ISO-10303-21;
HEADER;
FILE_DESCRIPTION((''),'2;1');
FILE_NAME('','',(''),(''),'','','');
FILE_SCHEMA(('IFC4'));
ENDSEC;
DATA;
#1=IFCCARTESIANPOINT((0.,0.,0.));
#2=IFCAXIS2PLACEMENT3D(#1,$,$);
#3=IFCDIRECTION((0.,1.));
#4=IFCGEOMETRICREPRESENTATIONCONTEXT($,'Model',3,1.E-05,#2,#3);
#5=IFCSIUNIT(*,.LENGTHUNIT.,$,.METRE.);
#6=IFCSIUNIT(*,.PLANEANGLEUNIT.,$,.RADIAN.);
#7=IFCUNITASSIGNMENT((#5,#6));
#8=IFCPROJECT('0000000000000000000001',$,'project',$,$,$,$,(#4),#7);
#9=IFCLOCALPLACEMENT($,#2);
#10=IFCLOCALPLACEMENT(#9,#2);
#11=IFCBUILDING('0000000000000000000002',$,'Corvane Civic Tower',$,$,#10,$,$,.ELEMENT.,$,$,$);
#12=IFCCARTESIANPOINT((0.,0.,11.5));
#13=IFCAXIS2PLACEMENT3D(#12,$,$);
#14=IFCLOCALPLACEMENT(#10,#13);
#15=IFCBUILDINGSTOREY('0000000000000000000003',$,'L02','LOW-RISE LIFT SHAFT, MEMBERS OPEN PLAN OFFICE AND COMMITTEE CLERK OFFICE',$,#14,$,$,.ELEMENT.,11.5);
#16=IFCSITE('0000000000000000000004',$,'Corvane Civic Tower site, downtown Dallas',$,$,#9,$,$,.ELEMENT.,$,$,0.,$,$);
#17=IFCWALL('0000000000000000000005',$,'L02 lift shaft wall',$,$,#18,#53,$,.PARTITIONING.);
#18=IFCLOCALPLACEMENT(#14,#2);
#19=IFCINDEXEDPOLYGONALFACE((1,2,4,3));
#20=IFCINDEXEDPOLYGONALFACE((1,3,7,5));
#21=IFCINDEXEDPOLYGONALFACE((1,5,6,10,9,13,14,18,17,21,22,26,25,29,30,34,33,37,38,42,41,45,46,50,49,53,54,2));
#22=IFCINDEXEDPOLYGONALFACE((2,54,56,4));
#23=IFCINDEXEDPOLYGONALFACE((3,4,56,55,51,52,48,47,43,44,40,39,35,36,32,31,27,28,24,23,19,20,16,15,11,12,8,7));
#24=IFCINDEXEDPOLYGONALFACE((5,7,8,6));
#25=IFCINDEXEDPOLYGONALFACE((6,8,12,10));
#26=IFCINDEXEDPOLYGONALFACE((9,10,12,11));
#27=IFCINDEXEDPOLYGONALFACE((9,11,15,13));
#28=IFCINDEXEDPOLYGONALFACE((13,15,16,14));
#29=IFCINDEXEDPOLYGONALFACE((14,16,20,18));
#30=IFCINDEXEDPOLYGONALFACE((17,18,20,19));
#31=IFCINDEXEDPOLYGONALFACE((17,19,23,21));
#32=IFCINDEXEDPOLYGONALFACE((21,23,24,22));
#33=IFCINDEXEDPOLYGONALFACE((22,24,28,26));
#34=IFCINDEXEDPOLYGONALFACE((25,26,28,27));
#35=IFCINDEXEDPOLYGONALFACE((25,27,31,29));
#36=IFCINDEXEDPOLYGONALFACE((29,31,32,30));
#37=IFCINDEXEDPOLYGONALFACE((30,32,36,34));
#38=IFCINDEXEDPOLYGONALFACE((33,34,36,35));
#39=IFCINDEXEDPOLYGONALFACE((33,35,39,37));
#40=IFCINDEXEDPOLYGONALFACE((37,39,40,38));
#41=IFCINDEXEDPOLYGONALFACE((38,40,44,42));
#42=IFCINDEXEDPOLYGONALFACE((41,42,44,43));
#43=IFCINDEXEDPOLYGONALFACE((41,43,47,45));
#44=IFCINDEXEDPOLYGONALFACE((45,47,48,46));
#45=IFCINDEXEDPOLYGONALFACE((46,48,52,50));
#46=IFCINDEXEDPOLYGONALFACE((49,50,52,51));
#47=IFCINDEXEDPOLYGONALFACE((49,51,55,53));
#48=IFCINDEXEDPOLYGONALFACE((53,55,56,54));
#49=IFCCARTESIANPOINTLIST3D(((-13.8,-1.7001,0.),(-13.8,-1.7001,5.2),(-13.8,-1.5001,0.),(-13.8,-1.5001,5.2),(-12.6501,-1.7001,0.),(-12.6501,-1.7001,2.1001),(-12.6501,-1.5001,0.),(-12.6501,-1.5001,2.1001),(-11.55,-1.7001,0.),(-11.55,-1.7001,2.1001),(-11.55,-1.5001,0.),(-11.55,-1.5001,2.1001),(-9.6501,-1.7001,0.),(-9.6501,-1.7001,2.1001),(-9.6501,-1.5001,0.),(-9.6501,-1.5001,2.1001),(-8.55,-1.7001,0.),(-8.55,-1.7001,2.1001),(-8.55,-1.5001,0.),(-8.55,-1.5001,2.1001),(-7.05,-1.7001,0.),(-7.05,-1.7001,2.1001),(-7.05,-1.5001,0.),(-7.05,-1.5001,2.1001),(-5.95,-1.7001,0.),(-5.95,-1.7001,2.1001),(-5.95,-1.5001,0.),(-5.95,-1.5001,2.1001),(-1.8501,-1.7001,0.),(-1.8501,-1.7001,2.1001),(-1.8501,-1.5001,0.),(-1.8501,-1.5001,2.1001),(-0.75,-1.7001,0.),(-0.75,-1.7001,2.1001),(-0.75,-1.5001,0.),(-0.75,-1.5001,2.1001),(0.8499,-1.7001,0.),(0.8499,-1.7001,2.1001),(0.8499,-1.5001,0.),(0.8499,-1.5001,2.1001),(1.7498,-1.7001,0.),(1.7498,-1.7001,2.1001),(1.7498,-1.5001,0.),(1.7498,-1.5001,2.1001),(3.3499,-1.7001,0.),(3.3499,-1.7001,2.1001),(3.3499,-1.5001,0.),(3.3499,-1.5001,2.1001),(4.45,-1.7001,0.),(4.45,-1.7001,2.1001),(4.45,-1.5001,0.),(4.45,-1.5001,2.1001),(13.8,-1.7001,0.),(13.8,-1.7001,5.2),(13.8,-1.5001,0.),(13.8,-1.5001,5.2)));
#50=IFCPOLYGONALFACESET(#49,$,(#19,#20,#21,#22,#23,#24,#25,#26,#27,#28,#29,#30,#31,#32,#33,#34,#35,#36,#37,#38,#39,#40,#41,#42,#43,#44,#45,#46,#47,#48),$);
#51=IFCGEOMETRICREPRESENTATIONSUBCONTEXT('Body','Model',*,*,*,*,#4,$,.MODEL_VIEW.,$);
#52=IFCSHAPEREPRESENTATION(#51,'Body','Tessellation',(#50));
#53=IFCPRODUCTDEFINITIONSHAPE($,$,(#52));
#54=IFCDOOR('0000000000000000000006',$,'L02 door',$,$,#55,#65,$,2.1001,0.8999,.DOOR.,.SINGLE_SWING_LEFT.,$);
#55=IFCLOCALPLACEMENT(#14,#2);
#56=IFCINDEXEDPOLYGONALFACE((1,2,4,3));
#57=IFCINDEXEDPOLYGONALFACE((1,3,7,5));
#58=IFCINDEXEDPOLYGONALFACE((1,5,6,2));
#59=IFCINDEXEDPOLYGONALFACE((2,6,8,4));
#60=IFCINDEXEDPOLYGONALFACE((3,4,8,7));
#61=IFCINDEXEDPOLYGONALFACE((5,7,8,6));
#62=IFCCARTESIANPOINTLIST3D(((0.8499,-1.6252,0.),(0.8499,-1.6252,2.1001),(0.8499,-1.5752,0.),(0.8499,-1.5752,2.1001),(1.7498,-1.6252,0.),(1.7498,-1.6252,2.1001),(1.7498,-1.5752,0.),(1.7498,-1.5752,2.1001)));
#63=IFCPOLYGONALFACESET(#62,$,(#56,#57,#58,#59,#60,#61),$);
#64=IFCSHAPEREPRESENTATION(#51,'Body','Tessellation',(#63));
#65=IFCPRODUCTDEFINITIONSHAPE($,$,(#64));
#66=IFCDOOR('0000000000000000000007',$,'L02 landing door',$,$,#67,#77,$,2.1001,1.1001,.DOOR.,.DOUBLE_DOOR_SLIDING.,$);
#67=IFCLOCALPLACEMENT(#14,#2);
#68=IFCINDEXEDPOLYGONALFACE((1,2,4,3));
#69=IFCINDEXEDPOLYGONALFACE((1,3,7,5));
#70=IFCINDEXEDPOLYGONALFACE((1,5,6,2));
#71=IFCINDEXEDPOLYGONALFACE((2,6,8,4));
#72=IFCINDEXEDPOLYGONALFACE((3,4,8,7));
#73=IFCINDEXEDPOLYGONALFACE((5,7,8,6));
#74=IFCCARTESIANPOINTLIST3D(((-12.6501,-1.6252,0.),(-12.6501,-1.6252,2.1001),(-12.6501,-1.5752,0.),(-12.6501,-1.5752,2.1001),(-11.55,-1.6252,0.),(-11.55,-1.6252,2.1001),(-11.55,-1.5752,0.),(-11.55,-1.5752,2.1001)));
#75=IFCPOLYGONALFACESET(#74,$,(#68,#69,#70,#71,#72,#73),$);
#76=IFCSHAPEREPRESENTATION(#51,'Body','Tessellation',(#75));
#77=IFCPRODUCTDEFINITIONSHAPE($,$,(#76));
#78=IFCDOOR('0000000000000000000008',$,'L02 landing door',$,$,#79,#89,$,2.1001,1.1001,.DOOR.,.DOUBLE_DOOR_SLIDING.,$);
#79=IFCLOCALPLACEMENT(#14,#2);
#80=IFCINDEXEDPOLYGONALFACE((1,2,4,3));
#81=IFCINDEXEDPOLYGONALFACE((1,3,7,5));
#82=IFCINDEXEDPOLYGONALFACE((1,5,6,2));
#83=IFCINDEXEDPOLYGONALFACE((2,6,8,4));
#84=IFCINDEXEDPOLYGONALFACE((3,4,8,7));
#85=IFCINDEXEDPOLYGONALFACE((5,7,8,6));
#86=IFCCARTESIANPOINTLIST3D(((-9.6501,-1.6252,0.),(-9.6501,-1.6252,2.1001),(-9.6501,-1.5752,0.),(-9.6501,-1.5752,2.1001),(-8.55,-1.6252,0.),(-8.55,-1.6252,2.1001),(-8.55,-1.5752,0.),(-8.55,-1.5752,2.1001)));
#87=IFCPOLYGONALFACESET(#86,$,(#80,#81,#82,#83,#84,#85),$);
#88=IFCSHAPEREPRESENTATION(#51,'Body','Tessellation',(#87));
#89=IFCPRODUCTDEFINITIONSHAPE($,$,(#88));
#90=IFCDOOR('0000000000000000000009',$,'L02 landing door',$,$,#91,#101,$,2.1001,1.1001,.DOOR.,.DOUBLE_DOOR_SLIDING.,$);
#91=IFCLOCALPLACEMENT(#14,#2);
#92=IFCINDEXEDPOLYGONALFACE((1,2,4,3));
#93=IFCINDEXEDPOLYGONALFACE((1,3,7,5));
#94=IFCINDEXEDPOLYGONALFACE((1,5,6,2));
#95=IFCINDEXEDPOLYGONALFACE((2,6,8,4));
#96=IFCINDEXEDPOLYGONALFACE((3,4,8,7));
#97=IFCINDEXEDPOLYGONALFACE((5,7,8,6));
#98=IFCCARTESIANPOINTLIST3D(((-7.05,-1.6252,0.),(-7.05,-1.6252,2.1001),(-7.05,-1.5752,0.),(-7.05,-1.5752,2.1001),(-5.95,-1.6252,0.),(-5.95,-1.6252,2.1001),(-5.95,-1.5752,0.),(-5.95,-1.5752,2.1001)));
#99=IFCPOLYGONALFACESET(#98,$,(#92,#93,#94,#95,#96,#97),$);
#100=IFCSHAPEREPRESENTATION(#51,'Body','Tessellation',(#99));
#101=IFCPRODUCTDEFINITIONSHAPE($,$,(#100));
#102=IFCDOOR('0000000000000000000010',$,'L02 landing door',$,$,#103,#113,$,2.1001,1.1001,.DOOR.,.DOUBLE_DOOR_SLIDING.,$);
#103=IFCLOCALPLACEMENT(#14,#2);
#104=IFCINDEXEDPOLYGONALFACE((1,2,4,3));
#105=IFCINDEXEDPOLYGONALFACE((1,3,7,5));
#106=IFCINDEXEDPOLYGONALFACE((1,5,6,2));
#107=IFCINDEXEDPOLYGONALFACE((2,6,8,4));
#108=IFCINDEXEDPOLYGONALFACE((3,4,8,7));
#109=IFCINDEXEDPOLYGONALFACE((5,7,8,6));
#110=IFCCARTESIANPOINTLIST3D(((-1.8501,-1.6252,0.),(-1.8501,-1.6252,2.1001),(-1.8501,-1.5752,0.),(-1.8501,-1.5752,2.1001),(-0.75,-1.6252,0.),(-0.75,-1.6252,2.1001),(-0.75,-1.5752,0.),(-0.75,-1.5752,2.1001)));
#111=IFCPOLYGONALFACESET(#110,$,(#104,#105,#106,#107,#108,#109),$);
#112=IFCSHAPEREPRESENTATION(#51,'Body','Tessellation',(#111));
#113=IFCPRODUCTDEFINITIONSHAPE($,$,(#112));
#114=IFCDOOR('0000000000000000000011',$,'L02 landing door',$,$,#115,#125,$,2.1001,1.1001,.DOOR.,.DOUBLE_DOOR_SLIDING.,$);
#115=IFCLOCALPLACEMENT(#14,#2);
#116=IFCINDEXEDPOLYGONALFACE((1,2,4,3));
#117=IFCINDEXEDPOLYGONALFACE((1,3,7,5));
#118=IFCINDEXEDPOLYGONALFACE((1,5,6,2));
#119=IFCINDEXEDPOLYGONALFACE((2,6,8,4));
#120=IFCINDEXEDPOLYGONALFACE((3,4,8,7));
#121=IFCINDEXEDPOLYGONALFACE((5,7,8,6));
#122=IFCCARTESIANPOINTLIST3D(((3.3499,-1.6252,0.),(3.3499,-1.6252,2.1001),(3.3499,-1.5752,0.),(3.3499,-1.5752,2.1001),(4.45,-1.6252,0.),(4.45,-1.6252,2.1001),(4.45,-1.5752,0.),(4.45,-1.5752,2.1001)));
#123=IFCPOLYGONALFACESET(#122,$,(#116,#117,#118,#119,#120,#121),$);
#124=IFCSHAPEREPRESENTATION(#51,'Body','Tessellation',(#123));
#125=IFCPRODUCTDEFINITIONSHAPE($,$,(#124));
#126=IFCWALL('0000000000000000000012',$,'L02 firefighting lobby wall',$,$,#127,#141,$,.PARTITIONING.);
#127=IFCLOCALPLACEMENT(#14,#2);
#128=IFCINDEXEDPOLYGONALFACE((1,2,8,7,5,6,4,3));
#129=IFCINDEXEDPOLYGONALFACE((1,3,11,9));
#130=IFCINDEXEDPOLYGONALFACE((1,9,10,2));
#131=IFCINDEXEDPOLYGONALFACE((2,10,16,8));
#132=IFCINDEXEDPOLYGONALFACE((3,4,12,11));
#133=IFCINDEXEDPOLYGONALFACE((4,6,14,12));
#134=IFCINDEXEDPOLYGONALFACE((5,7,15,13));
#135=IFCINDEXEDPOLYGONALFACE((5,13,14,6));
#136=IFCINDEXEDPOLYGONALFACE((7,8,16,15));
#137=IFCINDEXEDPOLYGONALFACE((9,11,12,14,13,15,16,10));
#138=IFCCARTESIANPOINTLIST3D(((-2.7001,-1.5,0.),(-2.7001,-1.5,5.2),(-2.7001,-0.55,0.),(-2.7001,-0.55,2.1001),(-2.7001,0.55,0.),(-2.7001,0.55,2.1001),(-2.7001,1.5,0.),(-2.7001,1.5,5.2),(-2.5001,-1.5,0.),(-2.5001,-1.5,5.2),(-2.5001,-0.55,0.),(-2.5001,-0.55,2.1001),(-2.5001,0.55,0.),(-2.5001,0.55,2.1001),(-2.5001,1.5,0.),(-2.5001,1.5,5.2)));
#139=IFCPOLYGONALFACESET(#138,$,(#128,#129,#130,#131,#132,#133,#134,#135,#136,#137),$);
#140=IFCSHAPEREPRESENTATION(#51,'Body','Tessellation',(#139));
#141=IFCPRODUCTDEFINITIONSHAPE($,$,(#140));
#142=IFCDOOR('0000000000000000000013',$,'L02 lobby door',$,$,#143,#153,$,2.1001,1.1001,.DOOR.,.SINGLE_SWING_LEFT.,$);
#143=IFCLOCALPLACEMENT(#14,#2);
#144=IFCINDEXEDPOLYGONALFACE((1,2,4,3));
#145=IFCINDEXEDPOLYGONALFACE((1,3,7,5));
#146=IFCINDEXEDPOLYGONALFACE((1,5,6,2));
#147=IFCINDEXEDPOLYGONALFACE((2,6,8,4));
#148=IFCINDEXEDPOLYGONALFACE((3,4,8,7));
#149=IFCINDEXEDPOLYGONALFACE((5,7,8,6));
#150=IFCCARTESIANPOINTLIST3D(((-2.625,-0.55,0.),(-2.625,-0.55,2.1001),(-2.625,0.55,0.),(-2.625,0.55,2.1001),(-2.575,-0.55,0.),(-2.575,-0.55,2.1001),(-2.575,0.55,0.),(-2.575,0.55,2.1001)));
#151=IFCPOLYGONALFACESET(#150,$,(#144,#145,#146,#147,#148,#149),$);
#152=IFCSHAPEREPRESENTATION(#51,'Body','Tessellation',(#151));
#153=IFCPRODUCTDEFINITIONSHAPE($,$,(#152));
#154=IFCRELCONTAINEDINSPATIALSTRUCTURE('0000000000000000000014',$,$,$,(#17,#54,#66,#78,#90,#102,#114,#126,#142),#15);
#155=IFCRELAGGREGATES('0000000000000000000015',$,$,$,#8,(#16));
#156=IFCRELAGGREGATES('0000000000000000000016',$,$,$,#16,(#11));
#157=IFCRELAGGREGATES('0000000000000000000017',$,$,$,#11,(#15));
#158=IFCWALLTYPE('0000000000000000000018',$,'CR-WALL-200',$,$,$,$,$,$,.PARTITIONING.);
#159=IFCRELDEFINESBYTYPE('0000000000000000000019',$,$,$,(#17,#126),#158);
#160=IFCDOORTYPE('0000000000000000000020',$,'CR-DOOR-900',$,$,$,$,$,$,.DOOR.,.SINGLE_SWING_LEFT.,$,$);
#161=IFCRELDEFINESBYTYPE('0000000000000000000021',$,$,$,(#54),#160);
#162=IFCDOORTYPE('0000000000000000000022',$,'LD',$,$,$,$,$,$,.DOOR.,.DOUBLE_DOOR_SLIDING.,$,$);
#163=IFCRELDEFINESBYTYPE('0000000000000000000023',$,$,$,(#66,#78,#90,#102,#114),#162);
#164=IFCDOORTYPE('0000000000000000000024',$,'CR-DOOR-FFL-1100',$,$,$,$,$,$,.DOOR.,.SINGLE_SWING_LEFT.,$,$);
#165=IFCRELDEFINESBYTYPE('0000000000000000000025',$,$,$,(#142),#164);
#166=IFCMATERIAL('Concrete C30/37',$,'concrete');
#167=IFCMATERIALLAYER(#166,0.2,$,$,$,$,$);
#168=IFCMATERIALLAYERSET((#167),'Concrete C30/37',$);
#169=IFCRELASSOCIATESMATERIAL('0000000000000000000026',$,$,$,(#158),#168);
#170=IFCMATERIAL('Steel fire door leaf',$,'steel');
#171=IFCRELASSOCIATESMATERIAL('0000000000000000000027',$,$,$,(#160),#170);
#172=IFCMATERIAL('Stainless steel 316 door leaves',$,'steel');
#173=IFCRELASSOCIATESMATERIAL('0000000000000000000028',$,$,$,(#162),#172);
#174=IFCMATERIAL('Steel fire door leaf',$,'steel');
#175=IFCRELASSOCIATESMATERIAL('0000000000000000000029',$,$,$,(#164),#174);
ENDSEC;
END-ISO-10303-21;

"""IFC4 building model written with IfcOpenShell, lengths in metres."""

from ifc_helpers import new_model, si_unit, direction, frame, frame_2d, origin, place, context, subcontext, project, spatial, rectangle, extrude, material, layer, layer_set, type_object, element, fill, save


model = new_model("IFC4")

# Units and contexts
model_context = context("Model", 3, precision=1e-05, world=origin(), true_north=direction((0.0, 1.0)))
body_context = subcontext(model_context, "Body", "Model", "MODEL_VIEW")
ifc_project = project(units=[si_unit("LENGTHUNIT", "METRE"), si_unit("PLANEANGLEUNIT", "RADIAN")], contexts=[model_context])

# Site, building, storey
site_placement = place(None, origin())
site = spatial("IfcSite", under=ifc_project, at=site_placement, Name="Corvane Civic Tower site, downtown Dallas", CompositionType="ELEMENT", RefElevation=0.0)
building_placement = place(site_placement, origin())
building = spatial("IfcBuilding", under=site, at=building_placement, Name="Corvane Civic Tower", CompositionType="ELEMENT")
storey_placement = place(building_placement, frame((0.0, 0.0, 11.5)))
storey = spatial("IfcBuildingStorey", under=building, at=storey_placement, Name="L02", Description="LOW-RISE LIFT SHAFT, MEMBERS OPEN PLAN OFFICE AND COMMITTEE CLERK OFFICE", CompositionType="ELEMENT", Elevation=11.5)

# Shared definitions
ifc_material_1 = material(Name="Concrete C30/37", Category="concrete")
ifc_layer_1 = layer(ifc_material_1, 0.2)
ifc_layer_set_1 = layer_set([ifc_layer_1], Name="Concrete C30/37")
wall_type_1 = type_object("IfcWallType", Name="CR-WALL-200", PredefinedType="PARTITIONING", material=ifc_layer_set_1)
ifc_material_2 = material(Name="Steel fire door leaf", Category="steel")
door_type_1 = type_object("IfcDoorType", Name="CR-DOOR-900", OperationType="SINGLE_SWING_LEFT", PredefinedType="DOOR", material=ifc_material_2)

# Wall, openings, doors
wall_1_placement = place(storey_placement, frame((-13.8, -1.6001, 0.0), z_axis=(0.0, 0.0, 1.0), x_axis=(1.0, 0.0, 0.0)))
wall_1 = element("IfcWall", 1, at=wall_1_placement, inside=storey, type_object=wall_type_1, Name="L02 lift shaft wall", PredefinedType="PARTITIONING", context=body_context, shape_type="SweptSolid", body=[
    extrude(rectangle(XDim=27.6001, YDim=0.2, at=frame_2d((13.8, 0.0))), origin(), (0.0, 0.0, 1.0), 5.2),
])
opening_1_placement = place(wall_1_placement, frame((1.1499, 0.0, 0.0)))
opening_1 = element("IfcOpeningElement", 2, at=opening_1_placement, cuts=wall_1, PredefinedType="OPENING", context=body_context, shape_type="SweptSolid", body=[
    extrude(rectangle(XDim=1.1001, YDim=2.1001, at=frame_2d((0.55, 1.05))), frame((0.0, 0.1099, 0.0), z_axis=(0.0, -1.0, 0.0), x_axis=(1.0, 0.0, 0.0)), (0.0, 0.0, 1.0), 0.22),
])
opening_2_placement = place(wall_1_placement, frame((4.1499, 0.0, 0.0)))
opening_2 = element("IfcOpeningElement", 3, at=opening_2_placement, cuts=wall_1, PredefinedType="OPENING", context=body_context, shape_type="SweptSolid", body=[
    extrude(rectangle(XDim=1.1001, YDim=2.1001, at=frame_2d((0.55, 1.05))), frame((0.0, 0.1099, 0.0), z_axis=(0.0, -1.0, 0.0), x_axis=(1.0, 0.0, 0.0)), (0.0, 0.0, 1.0), 0.22),
])
opening_3_placement = place(wall_1_placement, frame((6.75, 0.0, 0.0)))
opening_3 = element("IfcOpeningElement", 4, at=opening_3_placement, cuts=wall_1, PredefinedType="OPENING", context=body_context, shape_type="SweptSolid", body=[
    extrude(rectangle(XDim=1.1001, YDim=2.1001, at=frame_2d((0.55, 1.05))), frame((0.0, 0.1099, 0.0), z_axis=(0.0, -1.0, 0.0), x_axis=(1.0, 0.0, 0.0)), (0.0, 0.0, 1.0), 0.22),
])
opening_4_placement = place(wall_1_placement, frame((11.95, 0.0, 0.0)))
opening_4 = element("IfcOpeningElement", 5, at=opening_4_placement, cuts=wall_1, PredefinedType="OPENING", context=body_context, shape_type="SweptSolid", body=[
    extrude(rectangle(XDim=1.1001, YDim=2.1001, at=frame_2d((0.55, 1.05))), frame((0.0, 0.1099, 0.0), z_axis=(0.0, -1.0, 0.0), x_axis=(1.0, 0.0, 0.0)), (0.0, 0.0, 1.0), 0.22),
])
opening_5_placement = place(wall_1_placement, frame((14.6499, 0.0, 0.0)))
opening_5 = element("IfcOpeningElement", 6, at=opening_5_placement, cuts=wall_1, PredefinedType="OPENING", context=body_context, shape_type="SweptSolid", body=[
    extrude(rectangle(XDim=0.8999, YDim=2.1001, at=frame_2d((0.45, 1.05))), frame((0.0, 0.1099, 0.0), z_axis=(0.0, -1.0, 0.0), x_axis=(1.0, 0.0, 0.0)), (0.0, 0.0, 1.0), 0.22),
])
opening_6_placement = place(wall_1_placement, frame((17.1499, 0.0, 0.0)))
opening_6 = element("IfcOpeningElement", 7, at=opening_6_placement, cuts=wall_1, PredefinedType="OPENING", context=body_context, shape_type="SweptSolid", body=[
    extrude(rectangle(XDim=1.1001, YDim=2.1001, at=frame_2d((0.55, 1.05))), frame((0.0, 0.1099, 0.0), z_axis=(0.0, -1.0, 0.0), x_axis=(1.0, 0.0, 0.0)), (0.0, 0.0, 1.0), 0.22),
])
door_1_placement = place(opening_5_placement, origin())
door_1 = element("IfcDoor", 8, at=door_1_placement, inside=storey, type_object=door_type_1, Name="L02 door", OperationType="SINGLE_SWING_LEFT", OverallHeight=2.1001, OverallWidth=0.8999, PredefinedType="DOOR", context=body_context, shape_type="SweptSolid", body=[
    extrude(rectangle(XDim=0.8999, YDim=2.1001, at=frame_2d((0.45, 1.05))), frame((0.0, 0.0249, 0.0), z_axis=(0.0, -1.0, 0.0), x_axis=(1.0, 0.0, 0.0)), (0.0, 0.0, 1.0), 0.05),
])
fill(opening_5, door_1)
ifc_material_3 = material(Name="Stainless steel 316 door leaves", Category="steel")
door_type_2 = type_object("IfcDoorType", Name="LD", OperationType="DOUBLE_DOOR_SLIDING", PredefinedType="DOOR", material=ifc_material_3)
door_2_placement = place(opening_1_placement, origin())
door_2 = element("IfcDoor", 9, at=door_2_placement, inside=storey, type_object=door_type_2, Name="L02 landing door", OperationType="DOUBLE_DOOR_SLIDING", OverallHeight=2.1001, OverallWidth=1.1001, PredefinedType="DOOR", context=body_context, shape_type="SweptSolid", body=[
    extrude(rectangle(XDim=1.1001, YDim=2.1001, at=frame_2d((0.55, 1.05))), frame((0.0, 0.0249, 0.0), z_axis=(0.0, -1.0, 0.0), x_axis=(1.0, 0.0, 0.0)), (0.0, 0.0, 1.0), 0.05),
])
fill(opening_1, door_2)
door_3_placement = place(opening_2_placement, origin())
door_3 = element("IfcDoor", 10, at=door_3_placement, inside=storey, type_object=door_type_2, Name="L02 landing door", OperationType="DOUBLE_DOOR_SLIDING", OverallHeight=2.1001, OverallWidth=1.1001, PredefinedType="DOOR", context=body_context, shape_type="SweptSolid", body=[
    extrude(rectangle(XDim=1.1001, YDim=2.1001, at=frame_2d((0.55, 1.05))), frame((0.0, 0.0249, 0.0), z_axis=(0.0, -1.0, 0.0), x_axis=(1.0, 0.0, 0.0)), (0.0, 0.0, 1.0), 0.05),
])
fill(opening_2, door_3)
door_4_placement = place(opening_3_placement, origin())
door_4 = element("IfcDoor", 11, at=door_4_placement, inside=storey, type_object=door_type_2, Name="L02 landing door", OperationType="DOUBLE_DOOR_SLIDING", OverallHeight=2.1001, OverallWidth=1.1001, PredefinedType="DOOR", context=body_context, shape_type="SweptSolid", body=[
    extrude(rectangle(XDim=1.1001, YDim=2.1001, at=frame_2d((0.55, 1.05))), frame((0.0, 0.0249, 0.0), z_axis=(0.0, -1.0, 0.0), x_axis=(1.0, 0.0, 0.0)), (0.0, 0.0, 1.0), 0.05),
])
fill(opening_3, door_4)
door_5_placement = place(opening_4_placement, origin())
door_5 = element("IfcDoor", 12, at=door_5_placement, inside=storey, type_object=door_type_2, Name="L02 landing door", OperationType="DOUBLE_DOOR_SLIDING", OverallHeight=2.1001, OverallWidth=1.1001, PredefinedType="DOOR", context=body_context, shape_type="SweptSolid", body=[
    extrude(rectangle(XDim=1.1001, YDim=2.1001, at=frame_2d((0.55, 1.05))), frame((0.0, 0.0249, 0.0), z_axis=(0.0, -1.0, 0.0), x_axis=(1.0, 0.0, 0.0)), (0.0, 0.0, 1.0), 0.05),
])
fill(opening_4, door_5)
door_6_placement = place(opening_6_placement, origin())
door_6 = element("IfcDoor", 13, at=door_6_placement, inside=storey, type_object=door_type_2, Name="L02 landing door", OperationType="DOUBLE_DOOR_SLIDING", OverallHeight=2.1001, OverallWidth=1.1001, PredefinedType="DOOR", context=body_context, shape_type="SweptSolid", body=[
    extrude(rectangle(XDim=1.1001, YDim=2.1001, at=frame_2d((0.55, 1.05))), frame((0.0, 0.0249, 0.0), z_axis=(0.0, -1.0, 0.0), x_axis=(1.0, 0.0, 0.0)), (0.0, 0.0, 1.0), 0.05),
])
fill(opening_6, door_6)

# Wall, opening, door
wall_2_placement = place(storey_placement, frame((-2.6001, -1.5, 0.0), z_axis=(0.0, 0.0, 1.0), x_axis=(0.0, 1.0, 0.0)))
wall_2 = element("IfcWall", 14, at=wall_2_placement, inside=storey, type_object=wall_type_1, Name="L02 firefighting lobby wall", PredefinedType="PARTITIONING", context=body_context, shape_type="SweptSolid", body=[
    extrude(rectangle(XDim=3.0, YDim=0.2, at=frame_2d((1.5, 0.0))), origin(), (0.0, 0.0, 1.0), 5.2),
])
opening_7_placement = place(wall_2_placement, frame((0.95, 0.0, 0.0)))
opening_7 = element("IfcOpeningElement", 15, at=opening_7_placement, cuts=wall_2, PredefinedType="OPENING", context=body_context, shape_type="SweptSolid", body=[
    extrude(rectangle(XDim=1.1001, YDim=2.1001, at=frame_2d((0.55, 1.05))), frame((0.0, 0.1099, 0.0), z_axis=(0.0, -1.0, 0.0), x_axis=(1.0, 0.0, 0.0)), (0.0, 0.0, 1.0), 0.22),
])
ifc_material_4 = material(Name="Steel fire door leaf", Category="steel")
door_type_3 = type_object("IfcDoorType", Name="CR-DOOR-FFL-1100", OperationType="SINGLE_SWING_LEFT", PredefinedType="DOOR", material=ifc_material_4)
door_7_placement = place(opening_7_placement, origin())
door_7 = element("IfcDoor", 16, at=door_7_placement, inside=storey, type_object=door_type_3, Name="L02 lobby door", OperationType="SINGLE_SWING_LEFT", OverallHeight=2.1001, OverallWidth=1.1001, PredefinedType="DOOR", context=body_context, shape_type="SweptSolid", body=[
    extrude(rectangle(XDim=1.1001, YDim=2.1001, at=frame_2d((0.55, 1.05))), frame((0.0, 0.0249, 0.0), z_axis=(0.0, -1.0, 0.0), x_axis=(1.0, 0.0, 0.0)), (0.0, 0.0, 1.0), 0.05),
])
fill(opening_7, door_7)

save(model, "model.ifc")
